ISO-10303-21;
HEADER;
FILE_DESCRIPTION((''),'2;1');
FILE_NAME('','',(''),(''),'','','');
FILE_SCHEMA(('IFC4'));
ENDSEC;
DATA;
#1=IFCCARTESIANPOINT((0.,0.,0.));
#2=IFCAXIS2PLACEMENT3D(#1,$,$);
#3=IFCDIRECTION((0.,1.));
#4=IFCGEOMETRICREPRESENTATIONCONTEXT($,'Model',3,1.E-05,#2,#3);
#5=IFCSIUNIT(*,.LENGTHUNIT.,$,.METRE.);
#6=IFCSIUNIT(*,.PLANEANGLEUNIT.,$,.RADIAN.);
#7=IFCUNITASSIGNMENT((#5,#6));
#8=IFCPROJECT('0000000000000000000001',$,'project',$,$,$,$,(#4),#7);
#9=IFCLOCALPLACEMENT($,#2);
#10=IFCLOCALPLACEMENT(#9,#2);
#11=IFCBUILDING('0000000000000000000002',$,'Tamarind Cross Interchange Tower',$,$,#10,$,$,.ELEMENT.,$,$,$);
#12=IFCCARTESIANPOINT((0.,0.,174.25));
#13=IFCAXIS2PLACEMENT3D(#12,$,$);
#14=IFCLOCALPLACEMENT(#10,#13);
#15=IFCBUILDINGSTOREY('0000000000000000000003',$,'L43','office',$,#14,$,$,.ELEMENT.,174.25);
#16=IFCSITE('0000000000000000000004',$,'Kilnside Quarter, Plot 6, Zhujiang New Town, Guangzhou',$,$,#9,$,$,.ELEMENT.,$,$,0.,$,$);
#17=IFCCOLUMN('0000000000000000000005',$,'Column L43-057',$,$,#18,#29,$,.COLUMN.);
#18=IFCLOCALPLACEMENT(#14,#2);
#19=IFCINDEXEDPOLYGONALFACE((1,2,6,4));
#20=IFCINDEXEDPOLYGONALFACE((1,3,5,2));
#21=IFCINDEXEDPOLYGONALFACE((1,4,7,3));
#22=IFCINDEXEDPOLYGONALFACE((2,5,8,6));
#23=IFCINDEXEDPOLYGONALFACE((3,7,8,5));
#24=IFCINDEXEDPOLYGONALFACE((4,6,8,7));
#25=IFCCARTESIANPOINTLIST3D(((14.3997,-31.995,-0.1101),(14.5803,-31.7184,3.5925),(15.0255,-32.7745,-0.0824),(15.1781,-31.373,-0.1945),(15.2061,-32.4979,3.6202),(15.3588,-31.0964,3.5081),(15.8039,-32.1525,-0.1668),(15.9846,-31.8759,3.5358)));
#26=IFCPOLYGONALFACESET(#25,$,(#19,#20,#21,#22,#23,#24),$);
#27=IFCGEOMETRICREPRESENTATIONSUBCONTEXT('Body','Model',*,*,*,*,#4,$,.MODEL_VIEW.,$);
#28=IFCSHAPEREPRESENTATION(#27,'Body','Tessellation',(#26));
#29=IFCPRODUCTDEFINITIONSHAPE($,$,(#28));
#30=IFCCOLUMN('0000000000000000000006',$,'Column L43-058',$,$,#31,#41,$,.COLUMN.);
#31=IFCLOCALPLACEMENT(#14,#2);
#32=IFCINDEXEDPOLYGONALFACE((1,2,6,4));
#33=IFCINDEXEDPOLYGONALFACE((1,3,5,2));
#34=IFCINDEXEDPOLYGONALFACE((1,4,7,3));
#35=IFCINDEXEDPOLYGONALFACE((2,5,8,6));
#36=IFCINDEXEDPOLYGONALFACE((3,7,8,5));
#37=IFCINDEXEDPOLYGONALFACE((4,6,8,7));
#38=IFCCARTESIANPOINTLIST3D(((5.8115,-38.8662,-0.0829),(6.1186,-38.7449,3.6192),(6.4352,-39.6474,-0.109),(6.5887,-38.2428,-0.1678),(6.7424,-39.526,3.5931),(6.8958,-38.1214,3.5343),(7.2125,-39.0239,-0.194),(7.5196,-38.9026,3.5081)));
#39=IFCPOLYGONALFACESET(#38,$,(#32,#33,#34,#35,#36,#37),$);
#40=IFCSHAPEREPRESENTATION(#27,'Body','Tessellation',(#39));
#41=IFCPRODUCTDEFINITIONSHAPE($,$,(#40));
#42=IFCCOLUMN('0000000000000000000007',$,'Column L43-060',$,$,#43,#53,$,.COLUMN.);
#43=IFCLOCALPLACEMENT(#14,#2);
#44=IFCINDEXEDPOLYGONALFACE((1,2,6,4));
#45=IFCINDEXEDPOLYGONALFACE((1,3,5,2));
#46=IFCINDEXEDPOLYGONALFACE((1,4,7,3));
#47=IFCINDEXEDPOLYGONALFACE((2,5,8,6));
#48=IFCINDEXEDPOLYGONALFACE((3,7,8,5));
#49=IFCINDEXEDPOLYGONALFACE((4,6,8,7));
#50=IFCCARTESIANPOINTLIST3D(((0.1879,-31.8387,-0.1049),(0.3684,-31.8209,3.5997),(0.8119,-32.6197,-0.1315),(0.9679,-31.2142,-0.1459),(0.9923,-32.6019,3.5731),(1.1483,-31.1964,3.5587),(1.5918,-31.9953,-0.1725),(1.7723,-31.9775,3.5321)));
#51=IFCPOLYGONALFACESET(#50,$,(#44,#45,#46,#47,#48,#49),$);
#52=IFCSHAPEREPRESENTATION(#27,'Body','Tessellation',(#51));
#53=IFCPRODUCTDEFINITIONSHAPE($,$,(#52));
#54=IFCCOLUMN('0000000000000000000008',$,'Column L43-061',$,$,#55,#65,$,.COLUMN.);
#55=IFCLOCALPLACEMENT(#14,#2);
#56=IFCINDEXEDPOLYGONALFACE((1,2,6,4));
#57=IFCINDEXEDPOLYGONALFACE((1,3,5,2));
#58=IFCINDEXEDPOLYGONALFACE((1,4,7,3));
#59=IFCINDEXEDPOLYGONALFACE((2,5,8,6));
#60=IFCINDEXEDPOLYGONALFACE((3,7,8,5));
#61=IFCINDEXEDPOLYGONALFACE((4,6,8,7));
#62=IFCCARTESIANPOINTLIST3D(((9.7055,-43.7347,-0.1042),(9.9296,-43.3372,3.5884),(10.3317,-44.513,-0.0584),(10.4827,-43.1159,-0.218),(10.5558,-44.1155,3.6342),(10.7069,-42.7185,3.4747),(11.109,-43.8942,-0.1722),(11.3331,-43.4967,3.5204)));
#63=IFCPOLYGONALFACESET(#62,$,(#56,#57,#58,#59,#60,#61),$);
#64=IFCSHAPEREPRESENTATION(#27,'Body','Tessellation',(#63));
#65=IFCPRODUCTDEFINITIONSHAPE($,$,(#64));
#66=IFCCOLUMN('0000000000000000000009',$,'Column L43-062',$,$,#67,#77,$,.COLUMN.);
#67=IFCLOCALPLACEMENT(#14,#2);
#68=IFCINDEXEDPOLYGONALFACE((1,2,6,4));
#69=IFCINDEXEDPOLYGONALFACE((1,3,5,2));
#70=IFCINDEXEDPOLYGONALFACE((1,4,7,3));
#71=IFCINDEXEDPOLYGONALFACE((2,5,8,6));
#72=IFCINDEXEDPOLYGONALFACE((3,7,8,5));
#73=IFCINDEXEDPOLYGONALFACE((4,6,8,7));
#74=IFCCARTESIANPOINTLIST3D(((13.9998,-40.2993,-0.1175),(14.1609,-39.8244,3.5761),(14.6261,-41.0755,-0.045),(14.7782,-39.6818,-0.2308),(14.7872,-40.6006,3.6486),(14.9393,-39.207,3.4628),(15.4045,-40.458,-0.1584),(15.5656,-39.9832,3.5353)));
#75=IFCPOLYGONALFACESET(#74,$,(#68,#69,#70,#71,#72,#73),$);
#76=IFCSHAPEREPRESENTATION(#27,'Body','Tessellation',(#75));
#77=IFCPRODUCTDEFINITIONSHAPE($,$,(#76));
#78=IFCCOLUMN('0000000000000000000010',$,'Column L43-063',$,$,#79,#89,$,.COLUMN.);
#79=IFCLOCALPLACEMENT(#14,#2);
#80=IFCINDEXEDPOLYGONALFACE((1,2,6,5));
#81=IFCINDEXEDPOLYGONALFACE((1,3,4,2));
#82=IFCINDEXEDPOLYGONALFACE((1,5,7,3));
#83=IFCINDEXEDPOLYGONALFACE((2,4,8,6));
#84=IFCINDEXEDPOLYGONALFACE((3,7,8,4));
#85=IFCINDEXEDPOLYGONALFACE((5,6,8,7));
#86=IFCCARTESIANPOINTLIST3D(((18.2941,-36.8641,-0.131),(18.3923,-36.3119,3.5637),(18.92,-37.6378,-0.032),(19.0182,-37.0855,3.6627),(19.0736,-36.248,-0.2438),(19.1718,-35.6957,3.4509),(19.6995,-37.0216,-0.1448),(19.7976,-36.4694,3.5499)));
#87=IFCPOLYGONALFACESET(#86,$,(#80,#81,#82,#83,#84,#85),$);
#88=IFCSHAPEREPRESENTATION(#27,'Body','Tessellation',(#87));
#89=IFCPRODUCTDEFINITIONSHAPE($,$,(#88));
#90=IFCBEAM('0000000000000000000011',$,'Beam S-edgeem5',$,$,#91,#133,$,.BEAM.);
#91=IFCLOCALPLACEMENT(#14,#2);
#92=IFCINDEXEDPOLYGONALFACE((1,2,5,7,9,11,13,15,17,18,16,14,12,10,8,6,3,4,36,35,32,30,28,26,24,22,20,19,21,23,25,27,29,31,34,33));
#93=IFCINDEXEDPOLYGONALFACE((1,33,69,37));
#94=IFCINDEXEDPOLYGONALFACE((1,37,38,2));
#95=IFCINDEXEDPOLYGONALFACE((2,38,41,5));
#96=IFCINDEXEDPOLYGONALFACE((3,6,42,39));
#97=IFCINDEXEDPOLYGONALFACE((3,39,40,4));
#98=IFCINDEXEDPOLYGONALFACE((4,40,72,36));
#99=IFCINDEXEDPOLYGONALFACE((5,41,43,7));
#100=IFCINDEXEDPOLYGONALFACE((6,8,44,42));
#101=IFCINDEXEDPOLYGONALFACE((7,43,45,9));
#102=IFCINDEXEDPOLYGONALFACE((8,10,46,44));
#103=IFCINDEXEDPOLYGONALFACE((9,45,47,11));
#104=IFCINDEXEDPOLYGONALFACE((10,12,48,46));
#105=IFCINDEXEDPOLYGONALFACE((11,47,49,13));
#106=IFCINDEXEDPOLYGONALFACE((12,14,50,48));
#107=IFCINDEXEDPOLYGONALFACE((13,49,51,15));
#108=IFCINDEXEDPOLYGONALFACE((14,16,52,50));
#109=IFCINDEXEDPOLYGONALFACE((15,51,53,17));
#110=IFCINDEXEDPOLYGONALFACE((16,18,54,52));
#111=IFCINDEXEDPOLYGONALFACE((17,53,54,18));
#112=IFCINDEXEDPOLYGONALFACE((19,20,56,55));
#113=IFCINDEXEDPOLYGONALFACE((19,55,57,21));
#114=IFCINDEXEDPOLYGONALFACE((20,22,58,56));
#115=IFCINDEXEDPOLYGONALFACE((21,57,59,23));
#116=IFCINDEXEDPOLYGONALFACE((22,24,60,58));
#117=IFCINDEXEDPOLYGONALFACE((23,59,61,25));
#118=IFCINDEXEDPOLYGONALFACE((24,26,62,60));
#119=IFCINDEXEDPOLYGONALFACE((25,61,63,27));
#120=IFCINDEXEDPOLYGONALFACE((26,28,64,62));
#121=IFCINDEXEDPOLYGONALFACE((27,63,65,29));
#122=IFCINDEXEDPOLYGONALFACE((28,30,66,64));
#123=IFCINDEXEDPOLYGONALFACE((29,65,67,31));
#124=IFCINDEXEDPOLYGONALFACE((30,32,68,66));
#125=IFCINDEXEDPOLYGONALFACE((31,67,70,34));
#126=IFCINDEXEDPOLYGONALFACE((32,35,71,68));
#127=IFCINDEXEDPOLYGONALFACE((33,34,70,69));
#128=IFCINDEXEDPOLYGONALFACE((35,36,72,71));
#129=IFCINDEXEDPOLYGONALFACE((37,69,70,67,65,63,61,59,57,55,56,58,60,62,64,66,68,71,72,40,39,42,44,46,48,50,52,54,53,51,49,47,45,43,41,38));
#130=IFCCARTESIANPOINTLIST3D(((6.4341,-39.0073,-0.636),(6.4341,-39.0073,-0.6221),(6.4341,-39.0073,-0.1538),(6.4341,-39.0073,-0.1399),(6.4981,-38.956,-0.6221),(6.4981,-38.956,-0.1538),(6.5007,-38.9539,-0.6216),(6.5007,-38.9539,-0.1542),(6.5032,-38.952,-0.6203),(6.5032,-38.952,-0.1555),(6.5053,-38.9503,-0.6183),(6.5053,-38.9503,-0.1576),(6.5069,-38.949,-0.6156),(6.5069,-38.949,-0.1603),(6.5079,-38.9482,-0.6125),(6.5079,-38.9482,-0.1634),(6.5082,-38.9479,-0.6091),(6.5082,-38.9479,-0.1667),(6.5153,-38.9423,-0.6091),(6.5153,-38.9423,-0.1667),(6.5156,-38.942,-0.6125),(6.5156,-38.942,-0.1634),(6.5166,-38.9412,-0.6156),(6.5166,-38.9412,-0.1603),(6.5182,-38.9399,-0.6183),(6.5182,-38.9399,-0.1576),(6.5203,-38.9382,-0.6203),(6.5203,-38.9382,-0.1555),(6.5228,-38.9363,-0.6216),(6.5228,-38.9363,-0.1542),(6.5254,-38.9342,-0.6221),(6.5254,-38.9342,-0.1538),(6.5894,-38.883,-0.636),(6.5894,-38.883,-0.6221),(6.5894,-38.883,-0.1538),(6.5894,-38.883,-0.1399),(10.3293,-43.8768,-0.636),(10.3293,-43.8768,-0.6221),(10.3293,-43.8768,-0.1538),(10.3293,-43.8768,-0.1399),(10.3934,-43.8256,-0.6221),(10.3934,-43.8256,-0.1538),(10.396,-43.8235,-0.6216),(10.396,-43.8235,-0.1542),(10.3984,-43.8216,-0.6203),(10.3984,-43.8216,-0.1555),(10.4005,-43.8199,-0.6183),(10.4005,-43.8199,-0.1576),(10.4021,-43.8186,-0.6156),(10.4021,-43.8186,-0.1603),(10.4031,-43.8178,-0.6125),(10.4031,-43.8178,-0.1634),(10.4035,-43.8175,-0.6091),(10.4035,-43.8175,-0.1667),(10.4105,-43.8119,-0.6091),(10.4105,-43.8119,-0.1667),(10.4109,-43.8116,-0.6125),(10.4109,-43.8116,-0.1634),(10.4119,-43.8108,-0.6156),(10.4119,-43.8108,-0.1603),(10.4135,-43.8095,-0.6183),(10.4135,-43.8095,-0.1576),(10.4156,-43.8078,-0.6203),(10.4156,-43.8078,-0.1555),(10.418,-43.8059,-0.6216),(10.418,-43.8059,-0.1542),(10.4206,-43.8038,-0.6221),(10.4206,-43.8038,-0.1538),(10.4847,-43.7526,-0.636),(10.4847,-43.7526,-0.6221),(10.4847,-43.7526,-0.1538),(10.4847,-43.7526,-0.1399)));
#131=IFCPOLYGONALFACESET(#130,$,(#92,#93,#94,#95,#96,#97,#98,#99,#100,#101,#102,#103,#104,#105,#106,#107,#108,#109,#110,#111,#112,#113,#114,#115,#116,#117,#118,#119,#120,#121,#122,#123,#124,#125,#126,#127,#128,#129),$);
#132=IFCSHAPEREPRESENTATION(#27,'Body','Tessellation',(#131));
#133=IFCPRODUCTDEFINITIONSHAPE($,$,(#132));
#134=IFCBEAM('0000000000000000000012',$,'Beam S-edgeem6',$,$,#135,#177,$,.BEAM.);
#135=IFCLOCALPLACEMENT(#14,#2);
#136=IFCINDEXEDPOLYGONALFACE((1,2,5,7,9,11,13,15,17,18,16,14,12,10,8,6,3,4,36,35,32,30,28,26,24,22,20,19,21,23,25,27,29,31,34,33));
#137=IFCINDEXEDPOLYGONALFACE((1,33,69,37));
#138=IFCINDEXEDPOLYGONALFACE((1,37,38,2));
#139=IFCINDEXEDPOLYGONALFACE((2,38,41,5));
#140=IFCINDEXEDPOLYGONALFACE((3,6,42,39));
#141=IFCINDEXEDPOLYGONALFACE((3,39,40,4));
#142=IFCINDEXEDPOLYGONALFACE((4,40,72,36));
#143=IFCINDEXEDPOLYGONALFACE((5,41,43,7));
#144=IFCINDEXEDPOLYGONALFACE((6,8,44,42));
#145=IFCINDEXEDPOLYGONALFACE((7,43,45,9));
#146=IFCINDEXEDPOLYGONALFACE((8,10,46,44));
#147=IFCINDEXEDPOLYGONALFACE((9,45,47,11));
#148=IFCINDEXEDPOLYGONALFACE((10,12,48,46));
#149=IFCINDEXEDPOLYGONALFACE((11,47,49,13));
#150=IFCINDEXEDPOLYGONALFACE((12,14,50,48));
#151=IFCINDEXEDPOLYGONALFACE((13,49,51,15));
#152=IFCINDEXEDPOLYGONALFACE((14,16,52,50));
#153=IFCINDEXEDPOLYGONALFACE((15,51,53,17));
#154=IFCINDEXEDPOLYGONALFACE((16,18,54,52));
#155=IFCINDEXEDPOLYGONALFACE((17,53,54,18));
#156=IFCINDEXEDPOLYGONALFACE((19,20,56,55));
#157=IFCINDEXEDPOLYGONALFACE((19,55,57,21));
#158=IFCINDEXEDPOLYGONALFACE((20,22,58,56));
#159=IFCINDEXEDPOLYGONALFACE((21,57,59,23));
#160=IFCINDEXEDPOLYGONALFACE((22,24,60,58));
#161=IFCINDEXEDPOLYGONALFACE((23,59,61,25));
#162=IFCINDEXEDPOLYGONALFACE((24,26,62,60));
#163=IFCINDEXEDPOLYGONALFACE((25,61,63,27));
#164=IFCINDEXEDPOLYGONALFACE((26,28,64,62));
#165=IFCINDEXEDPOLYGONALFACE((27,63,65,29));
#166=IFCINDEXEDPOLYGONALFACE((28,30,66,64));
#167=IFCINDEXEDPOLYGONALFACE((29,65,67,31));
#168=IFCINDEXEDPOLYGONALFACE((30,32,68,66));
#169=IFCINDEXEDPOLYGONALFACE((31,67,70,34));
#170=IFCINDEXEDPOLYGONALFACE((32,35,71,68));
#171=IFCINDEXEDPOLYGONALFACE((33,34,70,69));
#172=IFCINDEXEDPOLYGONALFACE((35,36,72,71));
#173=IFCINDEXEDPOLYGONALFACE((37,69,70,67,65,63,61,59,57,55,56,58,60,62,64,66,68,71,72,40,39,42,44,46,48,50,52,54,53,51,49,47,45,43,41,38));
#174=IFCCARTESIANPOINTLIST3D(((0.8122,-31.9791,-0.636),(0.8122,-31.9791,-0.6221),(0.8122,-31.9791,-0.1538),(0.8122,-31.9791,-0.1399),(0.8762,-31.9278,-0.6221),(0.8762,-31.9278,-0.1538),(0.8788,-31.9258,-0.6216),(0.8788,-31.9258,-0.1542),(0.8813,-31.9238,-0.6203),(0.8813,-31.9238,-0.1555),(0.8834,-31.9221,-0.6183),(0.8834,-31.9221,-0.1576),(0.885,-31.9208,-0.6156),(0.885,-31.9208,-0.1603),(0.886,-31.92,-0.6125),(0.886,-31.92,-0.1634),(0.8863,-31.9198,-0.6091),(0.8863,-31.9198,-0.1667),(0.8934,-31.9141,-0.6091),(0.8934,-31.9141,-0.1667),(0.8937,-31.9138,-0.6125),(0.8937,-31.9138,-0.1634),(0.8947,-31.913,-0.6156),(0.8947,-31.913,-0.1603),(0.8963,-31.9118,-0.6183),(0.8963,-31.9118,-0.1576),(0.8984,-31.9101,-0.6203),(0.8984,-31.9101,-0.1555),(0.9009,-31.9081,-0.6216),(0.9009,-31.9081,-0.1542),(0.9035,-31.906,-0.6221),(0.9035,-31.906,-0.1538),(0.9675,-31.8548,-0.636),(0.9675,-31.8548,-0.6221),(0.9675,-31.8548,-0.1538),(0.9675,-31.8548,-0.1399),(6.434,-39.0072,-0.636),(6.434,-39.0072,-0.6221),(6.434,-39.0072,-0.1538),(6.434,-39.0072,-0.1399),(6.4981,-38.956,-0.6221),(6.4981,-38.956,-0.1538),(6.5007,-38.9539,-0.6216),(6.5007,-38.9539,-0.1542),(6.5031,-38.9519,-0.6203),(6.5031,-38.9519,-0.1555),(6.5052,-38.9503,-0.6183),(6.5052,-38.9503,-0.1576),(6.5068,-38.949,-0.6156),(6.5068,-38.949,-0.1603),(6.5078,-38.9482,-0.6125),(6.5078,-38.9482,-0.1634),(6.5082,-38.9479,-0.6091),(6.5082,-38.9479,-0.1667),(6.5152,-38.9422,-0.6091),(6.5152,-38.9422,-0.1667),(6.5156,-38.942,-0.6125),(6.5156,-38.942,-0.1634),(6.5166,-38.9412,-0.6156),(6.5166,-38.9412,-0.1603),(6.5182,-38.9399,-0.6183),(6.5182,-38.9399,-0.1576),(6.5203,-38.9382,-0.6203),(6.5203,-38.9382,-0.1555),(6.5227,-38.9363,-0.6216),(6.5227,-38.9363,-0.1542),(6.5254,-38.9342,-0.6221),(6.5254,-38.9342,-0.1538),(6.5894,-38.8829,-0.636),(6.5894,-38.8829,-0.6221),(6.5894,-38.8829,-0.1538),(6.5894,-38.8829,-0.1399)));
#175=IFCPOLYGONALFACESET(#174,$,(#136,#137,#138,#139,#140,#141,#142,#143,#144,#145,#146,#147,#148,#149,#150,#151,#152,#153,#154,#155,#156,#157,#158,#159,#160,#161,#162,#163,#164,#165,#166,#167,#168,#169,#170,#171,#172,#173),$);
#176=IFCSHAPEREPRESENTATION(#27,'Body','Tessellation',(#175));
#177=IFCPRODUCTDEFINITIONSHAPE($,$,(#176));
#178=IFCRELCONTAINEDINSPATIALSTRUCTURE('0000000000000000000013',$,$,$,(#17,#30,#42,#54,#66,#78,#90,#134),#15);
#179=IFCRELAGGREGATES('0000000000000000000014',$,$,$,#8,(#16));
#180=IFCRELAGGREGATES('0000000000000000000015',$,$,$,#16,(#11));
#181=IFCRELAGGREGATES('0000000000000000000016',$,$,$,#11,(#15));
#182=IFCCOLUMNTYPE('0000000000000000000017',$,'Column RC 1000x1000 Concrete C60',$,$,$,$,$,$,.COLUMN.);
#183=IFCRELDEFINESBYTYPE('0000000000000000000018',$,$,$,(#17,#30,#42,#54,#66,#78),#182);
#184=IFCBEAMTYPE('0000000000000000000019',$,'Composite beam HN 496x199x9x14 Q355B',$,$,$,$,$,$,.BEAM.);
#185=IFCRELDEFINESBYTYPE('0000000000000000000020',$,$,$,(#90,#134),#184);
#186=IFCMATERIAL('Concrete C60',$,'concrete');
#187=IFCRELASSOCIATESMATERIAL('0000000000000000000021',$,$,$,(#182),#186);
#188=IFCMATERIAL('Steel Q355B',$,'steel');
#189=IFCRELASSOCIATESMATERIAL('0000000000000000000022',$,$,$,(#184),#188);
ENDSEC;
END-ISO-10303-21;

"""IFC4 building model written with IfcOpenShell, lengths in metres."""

from ifc_helpers import new_model, si_unit, direction, frame, origin, origin_2d, place, context, subcontext, project, spatial, rectangle, i_section, extrude, material, material_profile, profile_set, type_object, element, save


model = new_model("IFC4")

# Units and contexts
model_context = context("Model", 3, precision=1e-05, world=origin(), true_north=direction((0.0, 1.0)))
body_context = subcontext(model_context, "Body", "Model", "MODEL_VIEW")
ifc_project = project(units=[si_unit("LENGTHUNIT", "METRE"), si_unit("PLANEANGLEUNIT", "RADIAN")], contexts=[model_context])

# Site, building, storey
site_placement = place(None, origin())
site = spatial("IfcSite", under=ifc_project, at=site_placement, Name="Kilnside Quarter, Plot 6, Zhujiang New Town, Guangzhou", CompositionType="ELEMENT", RefElevation=0.0)
building_placement = place(site_placement, origin())
building = spatial("IfcBuilding", under=site, at=building_placement, Name="Tamarind Cross Interchange Tower", CompositionType="ELEMENT")
storey_placement = place(building_placement, frame((0.0, 0.0, 174.25)))
storey = spatial("IfcBuildingStorey", under=building, at=storey_placement, Name="L43", Description="office", CompositionType="ELEMENT", Elevation=174.25)

# Columns
ifc_material_1 = material(Name="Concrete C60", Category="concrete")
ifc_material_profile_1 = material_profile(ifc_material_1, rectangle(XDim=1.0, YDim=1.0, at=origin_2d()), Name="RC 1000x1000")
ifc_profile_set_1 = profile_set([ifc_material_profile_1], Name="Concrete C60")
column_type = type_object("IfcColumnType", Name="Column RC 1000x1000 Concrete C60", PredefinedType="COLUMN", material=ifc_profile_set_1)
column_1_placement = place(storey_placement, frame((15.1018, -32.0737, -0.1384), z_axis=(0.0486, 0.074411, 0.996043), x_axis=(-0.77847, -0.621975, 0.08445)))
element("IfcColumn", 1, at=column_1_placement, inside=storey, type_object=column_type, Name="Column L43-057", PredefinedType="COLUMN", context=body_context, shape_type="SweptSolid", body=[
    extrude(rectangle(XDim=1.0, YDim=1.0, at=origin_2d()), origin(), (0.0, 0.0, 1.0), 3.7173),
])
column_2_placement = place(storey_placement, frame((6.512, -38.9451, -0.1384), z_axis=(0.082632, 0.032645, 0.996045), x_axis=(-0.623774, 0.781168, 0.026145)))
element("IfcColumn", 2, at=column_2_placement, inside=storey, type_object=column_type, Name="Column L43-058", PredefinedType="COLUMN", context=body_context, shape_type="SweptSolid", body=[
    extrude(rectangle(XDim=1.0, YDim=1.0, at=origin_2d()), origin(), (0.0, 0.0, 1.0), 3.7168),
])
column_3_placement = place(storey_placement, frame((0.8899, -31.917, -0.1387), z_axis=(0.048644, 0.004805, 0.998805), x_axis=(-0.623907, 0.781044, 0.026628)))
element("IfcColumn", 3, at=column_3_placement, inside=storey, type_object=column_type, Name="Column L43-060", PredefinedType="COLUMN", context=body_context, shape_type="SweptSolid", body=[
    extrude(rectangle(XDim=1.0, YDim=1.0, at=origin_2d()), origin(), (0.0, 0.0, 1.0), 3.709),
])
column_4_placement = place(storey_placement, frame((10.4072, -43.8145, -0.1382), z_axis=(0.060236, 0.106824, 0.992452), x_axis=(-0.777288, -0.618771, 0.113779)))
element("IfcColumn", 4, at=column_4_placement, inside=storey, type_object=column_type, Name="Column L43-061", PredefinedType="COLUMN", context=body_context, shape_type="SweptSolid", body=[
    extrude(rectangle(XDim=1.0, YDim=1.0, at=origin_2d()), origin(), (0.0, 0.0, 1.0), 3.7207),
])
column_5_placement = place(storey_placement, frame((14.7021, -40.3787, -0.1379), z_axis=(0.043228, 0.127392, 0.99091), x_axis=(-0.778402, -0.61745, 0.113338)))
element("IfcColumn", 5, at=column_5_placement, inside=storey, type_object=column_type, Name="Column L43-062", PredefinedType="COLUMN", context=body_context, shape_type="SweptSolid", body=[
    extrude(rectangle(XDim=1.0, YDim=1.0, at=origin_2d()), origin(), (0.0, 0.0, 1.0), 3.7275),
])
column_6_placement = place(storey_placement, frame((18.9968, -36.9429, -0.1379), z_axis=(0.026262, 0.147772, 0.988673), x_axis=(-0.779491, -0.616173, 0.112802)))
element("IfcColumn", 6, at=column_6_placement, inside=storey, type_object=column_type, Name="Column L43-063", PredefinedType="COLUMN", context=body_context, shape_type="SweptSolid", body=[
    extrude(rectangle(XDim=1.0, YDim=1.0, at=origin_2d()), origin(), (0.0, 0.0, 1.0), 3.7371),
])

# Beams
ifc_material_2 = material(Name="Steel Q355B", Category="steel")
ifc_material_profile_2 = material_profile(ifc_material_2, i_section(OverallWidth=0.199, OverallDepth=0.4961, WebThickness=0.009, FlangeThickness=0.0139, FilletRadius=0.0129, at=origin_2d()), Name="HN 496x199x9x14")
ifc_profile_set_2 = profile_set([ifc_material_profile_2], Name="Steel Q355B")
beam_type_1 = type_object("IfcBeamType", Name="Composite beam HN 496x199x9x14 Q355B", PredefinedType="BEAM", material=ifc_profile_set_2)
beam_1_placement = place(storey_placement, frame((10.407, -43.8147, -0.3879), z_axis=(-0.624652, 0.780903, 0.0), x_axis=(-0.780903, -0.624652, 0.0)))
element("IfcBeam", 7, at=beam_1_placement, inside=storey, type_object=beam_type_1, Name="Beam S-edgeem5", PredefinedType="BEAM", context=body_context, shape_type="SweptSolid", body=[
    extrude(i_section(OverallWidth=0.199, OverallDepth=0.4961, WebThickness=0.009, FlangeThickness=0.0139, FilletRadius=0.0129, at=origin_2d()), origin(), (0.0, 0.0, 1.0), 6.2358),
])
beam_2_placement = place(storey_placement, frame((6.5117, -38.9451, -0.3879), z_axis=(-0.624652, 0.780903, 0.0), x_axis=(-0.780903, -0.624652, 0.0)))
element("IfcBeam", 8, at=beam_2_placement, inside=storey, type_object=beam_type_1, Name="Beam S-edgeem6", PredefinedType="BEAM", context=body_context, shape_type="SweptSolid", body=[
    extrude(i_section(OverallWidth=0.199, OverallDepth=0.4961, WebThickness=0.009, FlangeThickness=0.0139, FilletRadius=0.0129, at=origin_2d()), origin(), (0.0, 0.0, 1.0), 9.0),
])

save(model, "model.ifc")
